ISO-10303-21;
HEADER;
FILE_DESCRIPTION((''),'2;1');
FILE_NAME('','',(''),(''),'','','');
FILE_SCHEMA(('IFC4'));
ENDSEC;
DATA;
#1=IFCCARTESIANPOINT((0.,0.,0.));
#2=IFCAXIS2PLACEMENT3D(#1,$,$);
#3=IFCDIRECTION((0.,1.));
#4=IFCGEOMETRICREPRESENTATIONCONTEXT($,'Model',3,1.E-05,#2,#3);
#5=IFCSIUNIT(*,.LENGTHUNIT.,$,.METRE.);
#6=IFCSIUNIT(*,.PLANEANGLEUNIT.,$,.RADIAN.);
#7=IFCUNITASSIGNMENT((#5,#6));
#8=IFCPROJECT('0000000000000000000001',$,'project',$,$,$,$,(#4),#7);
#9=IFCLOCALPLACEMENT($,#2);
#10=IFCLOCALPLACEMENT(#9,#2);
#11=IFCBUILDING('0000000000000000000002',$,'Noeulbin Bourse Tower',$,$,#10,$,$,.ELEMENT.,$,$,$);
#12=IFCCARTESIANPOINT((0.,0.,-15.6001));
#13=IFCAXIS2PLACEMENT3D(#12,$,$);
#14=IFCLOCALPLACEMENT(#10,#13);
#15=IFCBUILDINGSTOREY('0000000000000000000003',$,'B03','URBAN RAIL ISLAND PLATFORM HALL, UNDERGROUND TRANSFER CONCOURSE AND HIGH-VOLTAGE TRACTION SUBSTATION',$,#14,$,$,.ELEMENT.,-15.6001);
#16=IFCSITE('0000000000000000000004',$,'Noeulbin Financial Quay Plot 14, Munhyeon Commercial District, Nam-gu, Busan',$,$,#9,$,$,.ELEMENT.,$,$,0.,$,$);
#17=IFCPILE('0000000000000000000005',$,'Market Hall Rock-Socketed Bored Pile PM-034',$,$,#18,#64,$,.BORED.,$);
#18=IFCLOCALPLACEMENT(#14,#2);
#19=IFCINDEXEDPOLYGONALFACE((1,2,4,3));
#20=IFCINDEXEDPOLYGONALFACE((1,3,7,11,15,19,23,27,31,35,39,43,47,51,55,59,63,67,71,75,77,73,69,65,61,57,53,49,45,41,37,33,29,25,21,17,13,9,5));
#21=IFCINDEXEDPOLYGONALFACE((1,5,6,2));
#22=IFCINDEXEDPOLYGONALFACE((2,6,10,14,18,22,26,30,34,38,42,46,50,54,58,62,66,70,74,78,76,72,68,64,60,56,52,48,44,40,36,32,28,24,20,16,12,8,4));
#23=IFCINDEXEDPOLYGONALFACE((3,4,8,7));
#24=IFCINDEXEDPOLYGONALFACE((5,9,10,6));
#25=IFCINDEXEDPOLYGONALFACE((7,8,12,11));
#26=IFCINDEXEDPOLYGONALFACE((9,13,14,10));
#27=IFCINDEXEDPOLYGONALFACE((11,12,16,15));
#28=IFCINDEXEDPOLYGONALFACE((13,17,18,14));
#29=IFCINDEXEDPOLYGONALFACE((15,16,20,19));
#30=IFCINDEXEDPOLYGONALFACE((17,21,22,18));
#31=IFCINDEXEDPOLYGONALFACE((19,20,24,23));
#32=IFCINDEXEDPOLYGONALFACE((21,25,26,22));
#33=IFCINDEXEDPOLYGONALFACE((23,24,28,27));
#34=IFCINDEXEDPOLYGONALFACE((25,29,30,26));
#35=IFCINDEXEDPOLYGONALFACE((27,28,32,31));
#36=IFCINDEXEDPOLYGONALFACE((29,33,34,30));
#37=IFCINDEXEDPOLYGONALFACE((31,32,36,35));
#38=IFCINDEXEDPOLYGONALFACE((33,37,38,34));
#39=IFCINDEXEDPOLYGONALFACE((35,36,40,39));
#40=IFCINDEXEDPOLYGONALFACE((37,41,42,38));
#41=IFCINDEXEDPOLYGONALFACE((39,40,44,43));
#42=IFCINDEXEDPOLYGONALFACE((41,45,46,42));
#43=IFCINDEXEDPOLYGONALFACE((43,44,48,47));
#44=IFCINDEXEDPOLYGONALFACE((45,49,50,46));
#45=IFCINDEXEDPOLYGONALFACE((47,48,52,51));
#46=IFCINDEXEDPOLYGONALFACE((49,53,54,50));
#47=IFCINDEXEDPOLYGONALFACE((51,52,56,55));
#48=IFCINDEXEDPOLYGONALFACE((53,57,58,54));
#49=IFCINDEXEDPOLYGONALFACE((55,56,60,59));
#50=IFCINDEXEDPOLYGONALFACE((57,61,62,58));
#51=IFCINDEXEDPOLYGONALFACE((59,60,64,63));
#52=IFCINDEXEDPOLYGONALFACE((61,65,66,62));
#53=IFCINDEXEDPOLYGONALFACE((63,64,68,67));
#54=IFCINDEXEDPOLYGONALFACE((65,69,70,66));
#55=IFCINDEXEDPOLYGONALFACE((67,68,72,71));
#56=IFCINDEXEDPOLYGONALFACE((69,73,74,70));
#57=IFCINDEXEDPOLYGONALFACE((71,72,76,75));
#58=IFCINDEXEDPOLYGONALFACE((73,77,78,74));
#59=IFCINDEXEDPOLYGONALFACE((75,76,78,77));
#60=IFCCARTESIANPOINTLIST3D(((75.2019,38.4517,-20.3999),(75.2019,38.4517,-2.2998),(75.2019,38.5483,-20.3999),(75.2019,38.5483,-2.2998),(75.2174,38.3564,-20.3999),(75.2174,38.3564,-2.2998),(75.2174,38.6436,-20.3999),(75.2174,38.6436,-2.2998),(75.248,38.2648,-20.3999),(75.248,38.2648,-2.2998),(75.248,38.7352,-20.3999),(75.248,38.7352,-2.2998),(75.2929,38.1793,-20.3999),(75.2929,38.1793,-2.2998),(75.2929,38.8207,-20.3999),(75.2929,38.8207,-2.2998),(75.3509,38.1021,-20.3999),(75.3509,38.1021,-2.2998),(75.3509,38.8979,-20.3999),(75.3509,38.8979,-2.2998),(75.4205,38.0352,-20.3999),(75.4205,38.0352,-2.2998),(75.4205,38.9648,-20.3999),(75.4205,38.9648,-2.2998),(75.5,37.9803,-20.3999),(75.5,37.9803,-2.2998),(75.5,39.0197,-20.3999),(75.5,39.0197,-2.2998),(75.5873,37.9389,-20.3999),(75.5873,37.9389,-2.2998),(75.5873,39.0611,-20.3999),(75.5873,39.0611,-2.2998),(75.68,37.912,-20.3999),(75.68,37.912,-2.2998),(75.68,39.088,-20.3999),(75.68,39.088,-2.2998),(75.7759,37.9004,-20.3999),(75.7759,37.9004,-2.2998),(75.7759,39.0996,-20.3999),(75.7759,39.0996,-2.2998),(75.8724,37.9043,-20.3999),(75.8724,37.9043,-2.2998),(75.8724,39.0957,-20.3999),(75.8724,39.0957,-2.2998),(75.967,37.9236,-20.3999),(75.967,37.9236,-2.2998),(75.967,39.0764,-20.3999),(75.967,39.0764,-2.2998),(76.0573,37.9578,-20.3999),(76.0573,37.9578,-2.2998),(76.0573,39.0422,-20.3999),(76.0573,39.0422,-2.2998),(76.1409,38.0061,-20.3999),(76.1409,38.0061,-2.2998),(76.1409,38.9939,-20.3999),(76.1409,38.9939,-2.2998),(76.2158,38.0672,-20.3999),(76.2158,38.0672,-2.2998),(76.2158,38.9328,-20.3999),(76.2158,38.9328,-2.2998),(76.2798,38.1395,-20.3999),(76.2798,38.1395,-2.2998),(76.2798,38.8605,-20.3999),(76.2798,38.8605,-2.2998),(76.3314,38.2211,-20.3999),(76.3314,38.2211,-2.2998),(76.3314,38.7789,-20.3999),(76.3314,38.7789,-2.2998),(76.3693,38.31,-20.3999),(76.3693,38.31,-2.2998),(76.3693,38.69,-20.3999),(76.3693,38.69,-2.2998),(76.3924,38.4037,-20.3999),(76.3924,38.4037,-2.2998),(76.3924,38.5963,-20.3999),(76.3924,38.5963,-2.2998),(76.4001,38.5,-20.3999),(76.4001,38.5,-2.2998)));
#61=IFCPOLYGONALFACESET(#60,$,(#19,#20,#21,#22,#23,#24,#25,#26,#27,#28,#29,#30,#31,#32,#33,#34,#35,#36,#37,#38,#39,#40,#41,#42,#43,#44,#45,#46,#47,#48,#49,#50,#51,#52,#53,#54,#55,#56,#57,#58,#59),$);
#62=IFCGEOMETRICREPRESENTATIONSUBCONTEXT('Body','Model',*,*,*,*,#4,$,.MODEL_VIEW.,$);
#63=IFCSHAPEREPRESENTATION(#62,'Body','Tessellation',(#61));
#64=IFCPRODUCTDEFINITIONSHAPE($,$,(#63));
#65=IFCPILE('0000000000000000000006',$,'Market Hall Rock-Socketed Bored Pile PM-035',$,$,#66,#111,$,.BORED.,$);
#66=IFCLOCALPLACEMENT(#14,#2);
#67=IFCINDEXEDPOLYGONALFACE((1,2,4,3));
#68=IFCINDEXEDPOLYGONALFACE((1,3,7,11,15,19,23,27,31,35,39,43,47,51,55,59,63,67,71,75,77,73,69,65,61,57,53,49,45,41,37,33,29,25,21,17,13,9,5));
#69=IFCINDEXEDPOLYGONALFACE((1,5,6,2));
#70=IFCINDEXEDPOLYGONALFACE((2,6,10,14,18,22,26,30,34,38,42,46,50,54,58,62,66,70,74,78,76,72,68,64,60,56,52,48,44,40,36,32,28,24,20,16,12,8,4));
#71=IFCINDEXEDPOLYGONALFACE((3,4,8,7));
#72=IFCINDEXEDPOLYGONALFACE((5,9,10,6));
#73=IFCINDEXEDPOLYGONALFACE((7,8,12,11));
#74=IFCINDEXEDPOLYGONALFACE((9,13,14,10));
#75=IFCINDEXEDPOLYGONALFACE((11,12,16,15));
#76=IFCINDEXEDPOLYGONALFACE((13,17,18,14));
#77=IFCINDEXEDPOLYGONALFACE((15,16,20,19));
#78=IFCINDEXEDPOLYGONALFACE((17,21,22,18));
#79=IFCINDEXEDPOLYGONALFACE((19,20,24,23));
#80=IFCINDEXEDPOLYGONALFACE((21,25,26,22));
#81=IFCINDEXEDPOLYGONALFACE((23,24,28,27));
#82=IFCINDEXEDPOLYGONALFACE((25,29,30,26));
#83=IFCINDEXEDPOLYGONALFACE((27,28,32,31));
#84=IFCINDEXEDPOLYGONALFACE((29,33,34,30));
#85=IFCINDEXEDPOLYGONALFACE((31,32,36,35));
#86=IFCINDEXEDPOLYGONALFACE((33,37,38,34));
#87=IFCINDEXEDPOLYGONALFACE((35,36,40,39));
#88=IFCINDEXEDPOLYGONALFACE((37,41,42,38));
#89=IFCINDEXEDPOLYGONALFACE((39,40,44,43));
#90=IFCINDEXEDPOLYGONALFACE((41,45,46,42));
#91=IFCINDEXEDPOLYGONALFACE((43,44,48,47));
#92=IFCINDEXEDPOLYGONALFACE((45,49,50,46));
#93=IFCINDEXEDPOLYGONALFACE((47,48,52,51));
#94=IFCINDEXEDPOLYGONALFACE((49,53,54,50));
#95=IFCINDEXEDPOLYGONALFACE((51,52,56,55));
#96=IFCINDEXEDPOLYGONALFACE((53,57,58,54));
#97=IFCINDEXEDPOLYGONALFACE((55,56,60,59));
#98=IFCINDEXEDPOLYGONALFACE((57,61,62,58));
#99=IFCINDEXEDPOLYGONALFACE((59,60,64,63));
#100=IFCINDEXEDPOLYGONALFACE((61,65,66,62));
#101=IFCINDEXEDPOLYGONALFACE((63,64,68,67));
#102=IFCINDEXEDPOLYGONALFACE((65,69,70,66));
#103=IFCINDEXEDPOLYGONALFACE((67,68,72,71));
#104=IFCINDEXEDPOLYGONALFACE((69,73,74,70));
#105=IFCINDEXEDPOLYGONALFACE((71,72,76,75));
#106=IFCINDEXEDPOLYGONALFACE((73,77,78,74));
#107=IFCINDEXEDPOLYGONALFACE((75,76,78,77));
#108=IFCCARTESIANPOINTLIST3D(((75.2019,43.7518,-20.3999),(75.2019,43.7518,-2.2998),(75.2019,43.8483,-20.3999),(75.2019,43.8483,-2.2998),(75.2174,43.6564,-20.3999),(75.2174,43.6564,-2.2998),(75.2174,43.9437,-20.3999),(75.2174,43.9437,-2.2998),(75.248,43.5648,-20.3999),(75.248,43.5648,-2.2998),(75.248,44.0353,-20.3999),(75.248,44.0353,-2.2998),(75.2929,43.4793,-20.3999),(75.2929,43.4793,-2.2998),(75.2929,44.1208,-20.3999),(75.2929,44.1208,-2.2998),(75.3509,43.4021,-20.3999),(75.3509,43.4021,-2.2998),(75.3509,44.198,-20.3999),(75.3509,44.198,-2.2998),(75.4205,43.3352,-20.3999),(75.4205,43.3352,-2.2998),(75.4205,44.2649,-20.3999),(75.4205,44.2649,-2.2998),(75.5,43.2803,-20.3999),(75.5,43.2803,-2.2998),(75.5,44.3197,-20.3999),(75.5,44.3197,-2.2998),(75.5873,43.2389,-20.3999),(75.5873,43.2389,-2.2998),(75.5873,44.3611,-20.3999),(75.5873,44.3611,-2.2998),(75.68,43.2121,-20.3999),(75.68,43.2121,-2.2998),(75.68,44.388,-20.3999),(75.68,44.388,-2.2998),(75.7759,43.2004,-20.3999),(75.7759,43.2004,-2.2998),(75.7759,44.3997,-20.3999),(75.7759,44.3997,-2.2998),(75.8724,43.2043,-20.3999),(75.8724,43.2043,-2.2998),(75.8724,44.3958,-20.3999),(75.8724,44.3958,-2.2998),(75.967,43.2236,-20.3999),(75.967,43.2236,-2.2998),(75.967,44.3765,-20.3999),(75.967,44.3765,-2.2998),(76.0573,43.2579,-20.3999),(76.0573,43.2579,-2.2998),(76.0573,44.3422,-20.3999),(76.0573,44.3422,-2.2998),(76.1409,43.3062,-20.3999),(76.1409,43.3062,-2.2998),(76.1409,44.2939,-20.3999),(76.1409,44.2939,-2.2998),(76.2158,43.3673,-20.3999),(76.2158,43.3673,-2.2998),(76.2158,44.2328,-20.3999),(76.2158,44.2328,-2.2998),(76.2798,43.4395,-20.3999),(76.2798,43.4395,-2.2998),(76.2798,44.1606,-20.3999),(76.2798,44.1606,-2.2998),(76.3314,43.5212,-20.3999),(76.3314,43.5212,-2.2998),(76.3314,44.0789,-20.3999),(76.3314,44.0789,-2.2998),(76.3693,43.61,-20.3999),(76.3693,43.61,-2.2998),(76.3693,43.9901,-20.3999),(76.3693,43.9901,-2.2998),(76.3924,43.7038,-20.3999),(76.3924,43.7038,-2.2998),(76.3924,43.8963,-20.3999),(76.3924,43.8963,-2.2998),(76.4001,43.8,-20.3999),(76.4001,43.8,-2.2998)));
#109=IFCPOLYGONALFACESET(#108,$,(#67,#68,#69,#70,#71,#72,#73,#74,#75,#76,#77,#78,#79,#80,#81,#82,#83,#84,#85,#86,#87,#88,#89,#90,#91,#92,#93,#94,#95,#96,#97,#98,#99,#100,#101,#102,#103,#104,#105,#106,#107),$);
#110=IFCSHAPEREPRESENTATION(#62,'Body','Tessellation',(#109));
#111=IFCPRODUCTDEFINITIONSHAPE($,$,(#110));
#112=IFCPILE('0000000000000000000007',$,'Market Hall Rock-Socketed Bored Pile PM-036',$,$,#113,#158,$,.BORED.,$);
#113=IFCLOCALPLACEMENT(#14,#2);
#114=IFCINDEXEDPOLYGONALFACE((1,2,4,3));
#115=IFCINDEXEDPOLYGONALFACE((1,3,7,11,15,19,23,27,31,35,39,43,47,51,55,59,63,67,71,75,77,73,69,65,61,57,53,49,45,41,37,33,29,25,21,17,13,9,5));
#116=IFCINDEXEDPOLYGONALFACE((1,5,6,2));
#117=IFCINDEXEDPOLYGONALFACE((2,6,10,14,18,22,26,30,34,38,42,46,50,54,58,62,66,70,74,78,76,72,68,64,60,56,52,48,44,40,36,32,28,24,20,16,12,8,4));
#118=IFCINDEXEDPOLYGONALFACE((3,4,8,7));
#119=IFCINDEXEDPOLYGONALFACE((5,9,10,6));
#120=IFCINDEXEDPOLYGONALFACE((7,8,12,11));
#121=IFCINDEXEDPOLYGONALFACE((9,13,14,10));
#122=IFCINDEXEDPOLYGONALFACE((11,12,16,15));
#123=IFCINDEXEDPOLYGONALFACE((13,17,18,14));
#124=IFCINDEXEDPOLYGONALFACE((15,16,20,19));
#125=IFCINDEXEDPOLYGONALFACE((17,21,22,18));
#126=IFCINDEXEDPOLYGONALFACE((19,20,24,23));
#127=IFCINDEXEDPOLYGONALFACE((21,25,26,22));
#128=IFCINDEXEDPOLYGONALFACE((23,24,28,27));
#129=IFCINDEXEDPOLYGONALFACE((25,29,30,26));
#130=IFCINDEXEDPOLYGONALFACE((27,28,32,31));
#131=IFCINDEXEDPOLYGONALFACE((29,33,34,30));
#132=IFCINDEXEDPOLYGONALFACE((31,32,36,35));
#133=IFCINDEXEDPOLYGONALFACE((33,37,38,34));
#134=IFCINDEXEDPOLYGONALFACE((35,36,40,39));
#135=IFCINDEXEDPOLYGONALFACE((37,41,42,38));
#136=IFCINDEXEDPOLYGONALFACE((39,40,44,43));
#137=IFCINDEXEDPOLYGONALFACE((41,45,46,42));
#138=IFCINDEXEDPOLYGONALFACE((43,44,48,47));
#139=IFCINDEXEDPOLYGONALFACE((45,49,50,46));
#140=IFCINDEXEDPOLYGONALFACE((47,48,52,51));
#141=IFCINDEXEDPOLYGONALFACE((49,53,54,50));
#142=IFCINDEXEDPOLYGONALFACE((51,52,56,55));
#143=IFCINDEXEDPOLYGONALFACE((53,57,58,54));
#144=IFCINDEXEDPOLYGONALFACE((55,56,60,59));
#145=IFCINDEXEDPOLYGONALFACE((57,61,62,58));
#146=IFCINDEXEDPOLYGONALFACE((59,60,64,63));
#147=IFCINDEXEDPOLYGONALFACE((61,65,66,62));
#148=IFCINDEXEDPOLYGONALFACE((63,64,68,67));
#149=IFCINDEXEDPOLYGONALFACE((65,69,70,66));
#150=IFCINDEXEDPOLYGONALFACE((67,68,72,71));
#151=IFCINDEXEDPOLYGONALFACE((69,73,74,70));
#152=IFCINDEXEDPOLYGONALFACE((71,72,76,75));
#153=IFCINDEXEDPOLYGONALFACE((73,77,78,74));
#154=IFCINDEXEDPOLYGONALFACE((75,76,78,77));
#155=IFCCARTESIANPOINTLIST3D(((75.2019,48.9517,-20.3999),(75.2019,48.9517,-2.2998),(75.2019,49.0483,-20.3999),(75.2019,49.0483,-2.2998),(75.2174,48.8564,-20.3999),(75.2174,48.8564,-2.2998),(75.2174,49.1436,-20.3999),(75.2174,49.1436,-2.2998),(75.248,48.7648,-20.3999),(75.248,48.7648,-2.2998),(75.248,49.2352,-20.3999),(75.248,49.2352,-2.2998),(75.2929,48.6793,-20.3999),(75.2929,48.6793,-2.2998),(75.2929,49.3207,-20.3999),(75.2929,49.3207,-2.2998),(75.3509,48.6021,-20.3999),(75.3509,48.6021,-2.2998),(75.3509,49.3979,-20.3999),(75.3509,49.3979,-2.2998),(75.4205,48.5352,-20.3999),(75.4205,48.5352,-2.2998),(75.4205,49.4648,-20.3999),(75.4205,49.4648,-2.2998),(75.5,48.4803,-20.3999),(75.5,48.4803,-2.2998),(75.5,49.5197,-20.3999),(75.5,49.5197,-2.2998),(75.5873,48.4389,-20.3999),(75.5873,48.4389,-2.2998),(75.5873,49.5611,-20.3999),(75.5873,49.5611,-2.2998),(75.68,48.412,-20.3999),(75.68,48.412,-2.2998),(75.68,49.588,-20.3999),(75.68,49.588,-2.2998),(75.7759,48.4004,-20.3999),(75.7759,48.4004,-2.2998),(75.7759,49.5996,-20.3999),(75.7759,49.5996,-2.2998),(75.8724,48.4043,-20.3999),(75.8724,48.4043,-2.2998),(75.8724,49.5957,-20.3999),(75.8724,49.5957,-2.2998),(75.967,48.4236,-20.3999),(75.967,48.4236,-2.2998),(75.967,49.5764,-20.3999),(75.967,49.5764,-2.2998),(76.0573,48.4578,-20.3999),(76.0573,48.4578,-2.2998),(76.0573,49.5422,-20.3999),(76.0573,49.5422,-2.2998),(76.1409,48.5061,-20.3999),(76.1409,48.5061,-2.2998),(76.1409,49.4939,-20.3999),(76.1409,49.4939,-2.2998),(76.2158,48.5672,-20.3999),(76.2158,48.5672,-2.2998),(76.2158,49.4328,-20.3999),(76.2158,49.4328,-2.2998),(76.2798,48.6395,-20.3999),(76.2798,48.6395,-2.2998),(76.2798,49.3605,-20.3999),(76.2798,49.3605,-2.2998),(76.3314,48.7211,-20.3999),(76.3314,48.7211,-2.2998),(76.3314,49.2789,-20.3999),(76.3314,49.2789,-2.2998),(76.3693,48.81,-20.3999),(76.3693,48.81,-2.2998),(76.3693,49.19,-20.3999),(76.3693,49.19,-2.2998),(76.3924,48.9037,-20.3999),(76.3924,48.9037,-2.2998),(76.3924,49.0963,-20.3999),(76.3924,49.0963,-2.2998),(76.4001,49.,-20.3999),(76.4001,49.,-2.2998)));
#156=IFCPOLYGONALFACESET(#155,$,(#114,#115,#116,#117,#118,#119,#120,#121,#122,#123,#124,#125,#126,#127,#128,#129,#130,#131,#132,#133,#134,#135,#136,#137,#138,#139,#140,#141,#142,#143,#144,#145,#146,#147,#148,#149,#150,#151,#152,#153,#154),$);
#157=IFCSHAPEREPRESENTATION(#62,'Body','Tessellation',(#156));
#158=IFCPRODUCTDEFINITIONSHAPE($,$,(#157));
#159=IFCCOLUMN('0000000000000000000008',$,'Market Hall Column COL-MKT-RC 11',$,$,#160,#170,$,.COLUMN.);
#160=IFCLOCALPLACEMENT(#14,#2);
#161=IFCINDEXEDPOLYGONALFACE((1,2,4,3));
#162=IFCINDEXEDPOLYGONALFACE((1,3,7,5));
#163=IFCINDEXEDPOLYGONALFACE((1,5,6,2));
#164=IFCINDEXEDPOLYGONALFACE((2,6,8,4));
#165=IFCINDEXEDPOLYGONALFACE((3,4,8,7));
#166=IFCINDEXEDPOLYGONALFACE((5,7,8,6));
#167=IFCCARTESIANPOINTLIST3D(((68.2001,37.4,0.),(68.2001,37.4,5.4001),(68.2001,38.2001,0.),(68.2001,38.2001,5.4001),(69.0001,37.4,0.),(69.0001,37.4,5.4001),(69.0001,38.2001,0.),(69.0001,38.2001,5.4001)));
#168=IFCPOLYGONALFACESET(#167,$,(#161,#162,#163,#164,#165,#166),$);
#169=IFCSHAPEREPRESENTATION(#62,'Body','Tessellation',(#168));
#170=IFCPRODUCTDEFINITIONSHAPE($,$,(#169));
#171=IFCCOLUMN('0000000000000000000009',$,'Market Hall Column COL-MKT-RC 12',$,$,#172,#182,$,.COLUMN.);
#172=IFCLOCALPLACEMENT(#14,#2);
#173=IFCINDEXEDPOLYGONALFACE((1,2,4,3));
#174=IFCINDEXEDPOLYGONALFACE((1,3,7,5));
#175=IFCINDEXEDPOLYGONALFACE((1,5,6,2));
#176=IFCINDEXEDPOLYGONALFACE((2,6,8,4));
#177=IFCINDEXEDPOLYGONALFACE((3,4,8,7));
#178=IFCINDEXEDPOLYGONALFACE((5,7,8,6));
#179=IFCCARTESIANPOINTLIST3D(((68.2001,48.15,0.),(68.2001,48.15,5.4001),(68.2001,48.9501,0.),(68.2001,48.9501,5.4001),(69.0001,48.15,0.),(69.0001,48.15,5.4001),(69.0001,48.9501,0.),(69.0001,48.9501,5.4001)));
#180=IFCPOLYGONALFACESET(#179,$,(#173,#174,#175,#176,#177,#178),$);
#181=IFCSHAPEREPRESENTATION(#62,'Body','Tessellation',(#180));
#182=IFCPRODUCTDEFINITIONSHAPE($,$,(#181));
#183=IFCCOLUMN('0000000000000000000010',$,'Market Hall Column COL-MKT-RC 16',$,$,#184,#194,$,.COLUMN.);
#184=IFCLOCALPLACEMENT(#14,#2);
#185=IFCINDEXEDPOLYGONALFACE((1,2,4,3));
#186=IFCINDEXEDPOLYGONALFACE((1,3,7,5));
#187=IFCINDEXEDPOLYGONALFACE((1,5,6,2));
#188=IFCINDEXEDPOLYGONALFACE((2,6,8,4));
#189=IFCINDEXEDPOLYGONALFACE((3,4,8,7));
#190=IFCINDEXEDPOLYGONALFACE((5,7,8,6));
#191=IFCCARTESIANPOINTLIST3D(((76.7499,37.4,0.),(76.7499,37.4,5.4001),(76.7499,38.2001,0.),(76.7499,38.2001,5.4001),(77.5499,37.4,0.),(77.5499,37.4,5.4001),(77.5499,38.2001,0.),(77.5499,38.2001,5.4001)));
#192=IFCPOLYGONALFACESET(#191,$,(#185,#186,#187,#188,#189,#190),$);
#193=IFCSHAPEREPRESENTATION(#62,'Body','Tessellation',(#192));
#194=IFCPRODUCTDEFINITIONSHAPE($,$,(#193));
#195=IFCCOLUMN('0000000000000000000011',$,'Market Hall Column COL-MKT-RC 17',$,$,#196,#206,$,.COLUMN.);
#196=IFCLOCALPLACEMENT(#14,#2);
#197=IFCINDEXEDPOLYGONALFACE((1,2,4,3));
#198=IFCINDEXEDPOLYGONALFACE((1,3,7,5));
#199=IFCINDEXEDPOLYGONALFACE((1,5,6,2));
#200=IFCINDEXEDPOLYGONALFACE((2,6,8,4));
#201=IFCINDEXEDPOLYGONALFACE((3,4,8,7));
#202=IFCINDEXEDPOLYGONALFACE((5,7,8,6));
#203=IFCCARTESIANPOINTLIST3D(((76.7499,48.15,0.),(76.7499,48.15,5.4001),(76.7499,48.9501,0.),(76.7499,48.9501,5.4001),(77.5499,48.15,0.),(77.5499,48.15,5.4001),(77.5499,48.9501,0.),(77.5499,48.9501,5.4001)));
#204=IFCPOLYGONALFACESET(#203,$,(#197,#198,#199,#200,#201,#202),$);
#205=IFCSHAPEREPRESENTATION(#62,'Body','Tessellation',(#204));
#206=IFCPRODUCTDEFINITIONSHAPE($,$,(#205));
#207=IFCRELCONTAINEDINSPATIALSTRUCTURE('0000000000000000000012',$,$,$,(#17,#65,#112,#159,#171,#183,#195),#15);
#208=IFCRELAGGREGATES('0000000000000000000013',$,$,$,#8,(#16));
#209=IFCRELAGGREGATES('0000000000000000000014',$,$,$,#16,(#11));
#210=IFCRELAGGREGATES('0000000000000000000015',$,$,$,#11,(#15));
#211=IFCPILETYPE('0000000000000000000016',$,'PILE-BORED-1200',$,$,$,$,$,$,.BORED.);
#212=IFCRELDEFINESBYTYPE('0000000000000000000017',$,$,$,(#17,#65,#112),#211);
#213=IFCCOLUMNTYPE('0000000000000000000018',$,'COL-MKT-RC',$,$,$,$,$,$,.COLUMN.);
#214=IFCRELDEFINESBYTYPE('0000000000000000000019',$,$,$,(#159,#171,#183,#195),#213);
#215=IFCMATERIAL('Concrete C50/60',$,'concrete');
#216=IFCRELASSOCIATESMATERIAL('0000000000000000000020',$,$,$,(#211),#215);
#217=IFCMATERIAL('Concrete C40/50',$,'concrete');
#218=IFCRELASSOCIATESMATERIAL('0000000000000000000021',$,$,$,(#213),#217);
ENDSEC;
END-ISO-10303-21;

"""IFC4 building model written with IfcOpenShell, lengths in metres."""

from ifc_helpers import new_model, si_unit, direction, frame, origin, origin_2d, place, context, subcontext, project, spatial, rectangle, circle, extrude, material, material_profile, profile_set, type_object, element, save


model = new_model("IFC4")

# Units and contexts
model_context = context("Model", 3, precision=1e-05, world=origin(), true_north=direction((0.0, 1.0)))
body_context = subcontext(model_context, "Body", "Model", "MODEL_VIEW")
ifc_project = project(units=[si_unit("LENGTHUNIT", "METRE"), si_unit("PLANEANGLEUNIT", "RADIAN")], contexts=[model_context])

# Site, building, storey
site_placement = place(None, origin())
site = spatial("IfcSite", under=ifc_project, at=site_placement, Name="Noeulbin Financial Quay Plot 14, Munhyeon Commercial District, Nam-gu, Busan", CompositionType="ELEMENT", RefElevation=0.0)
building_placement = place(site_placement, origin())
building = spatial("IfcBuilding", under=site, at=building_placement, Name="Noeulbin Bourse Tower", CompositionType="ELEMENT")
storey_placement = place(building_placement, frame((0.0, 0.0, -15.6001)))
storey = spatial("IfcBuildingStorey", under=building, at=storey_placement, Name="B03", Description="URBAN RAIL ISLAND PLATFORM HALL, UNDERGROUND TRANSFER CONCOURSE AND HIGH-VOLTAGE TRACTION SUBSTATION", CompositionType="ELEMENT", Elevation=-15.6001)

# Shared definitions
ifc_material_1 = material(Name="Concrete C50/60", Category="concrete")

# Piles
ifc_material_profile_1 = material_profile(ifc_material_1, circle(Radius=0.6001, at=origin_2d()), Name="PILE-D1200", Category="LoadBearing")
ifc_profile_set_1 = profile_set([ifc_material_profile_1], Name="Concrete C50/60")
pile_type = type_object("IfcPileType", Name="PILE-BORED-1200", PredefinedType="BORED", material=ifc_profile_set_1)
for number, where, z_axis, x_axis, name in (
    (1, (75.8, 38.5, -2.2998), (0.0, 0.0, -1.0), (1.0, 0.0, 0.0), "Market Hall Rock-Socketed Bored Pile PM-034"),
    (2, (75.8, 43.8, -2.2998), (0.0, 0.0, -1.0), (1.0, 0.0, 0.0), "Market Hall Rock-Socketed Bored Pile PM-035"),
    (3, (75.8, 49.0, -2.2998), (0.0, 0.0, -1.0), (1.0, 0.0, 0.0), "Market Hall Rock-Socketed Bored Pile PM-036"),
):
    element("IfcPile", number, at=place(storey_placement, frame(where, z_axis=z_axis, x_axis=x_axis)), inside=storey, type_object=pile_type, Name=name, PredefinedType="BORED", context=body_context, shape_type="SweptSolid", body=[
        extrude(circle(Radius=0.6001, at=origin_2d()), origin(), (0.0, 0.0, 1.0), 18.1001),
    ])

# Columns
ifc_material_2 = material(Name="Concrete C40/50", Category="concrete")
ifc_material_profile_2 = material_profile(ifc_material_2, rectangle(XDim=0.8, YDim=0.8, at=origin_2d()), Name="RC-COL-800x800", Category="LoadBearing")
ifc_profile_set_2 = profile_set([ifc_material_profile_2], Name="Concrete C40/50")
column_type = type_object("IfcColumnType", Name="COL-MKT-RC", PredefinedType="COLUMN", material=ifc_profile_set_2)
for number, where, z_axis, x_axis, name in (
    (4, (68.6001, 37.8, 0.0), (0.0, 0.0, 1.0), (1.0, 0.0, 0.0), "Market Hall Column COL-MKT-RC 11"),
    (5, (68.6001, 48.55, 0.0), (0.0, 0.0, 1.0), (1.0, 0.0, 0.0), "Market Hall Column COL-MKT-RC 12"),
    (6, (77.1499, 37.8, 0.0), (0.0, 0.0, 1.0), (1.0, 0.0, 0.0), "Market Hall Column COL-MKT-RC 16"),
    (7, (77.1499, 48.55, 0.0), (0.0, 0.0, 1.0), (1.0, 0.0, 0.0), "Market Hall Column COL-MKT-RC 17"),
):
    element("IfcColumn", number, at=place(storey_placement, frame(where, z_axis=z_axis, x_axis=x_axis)), inside=storey, type_object=column_type, Name=name, PredefinedType="COLUMN", context=body_context, shape_type="SweptSolid", body=[
        extrude(rectangle(XDim=0.8, YDim=0.8, at=origin_2d()), origin(), (0.0, 0.0, 1.0), 5.4001),
    ])

save(model, "model.ifc")
